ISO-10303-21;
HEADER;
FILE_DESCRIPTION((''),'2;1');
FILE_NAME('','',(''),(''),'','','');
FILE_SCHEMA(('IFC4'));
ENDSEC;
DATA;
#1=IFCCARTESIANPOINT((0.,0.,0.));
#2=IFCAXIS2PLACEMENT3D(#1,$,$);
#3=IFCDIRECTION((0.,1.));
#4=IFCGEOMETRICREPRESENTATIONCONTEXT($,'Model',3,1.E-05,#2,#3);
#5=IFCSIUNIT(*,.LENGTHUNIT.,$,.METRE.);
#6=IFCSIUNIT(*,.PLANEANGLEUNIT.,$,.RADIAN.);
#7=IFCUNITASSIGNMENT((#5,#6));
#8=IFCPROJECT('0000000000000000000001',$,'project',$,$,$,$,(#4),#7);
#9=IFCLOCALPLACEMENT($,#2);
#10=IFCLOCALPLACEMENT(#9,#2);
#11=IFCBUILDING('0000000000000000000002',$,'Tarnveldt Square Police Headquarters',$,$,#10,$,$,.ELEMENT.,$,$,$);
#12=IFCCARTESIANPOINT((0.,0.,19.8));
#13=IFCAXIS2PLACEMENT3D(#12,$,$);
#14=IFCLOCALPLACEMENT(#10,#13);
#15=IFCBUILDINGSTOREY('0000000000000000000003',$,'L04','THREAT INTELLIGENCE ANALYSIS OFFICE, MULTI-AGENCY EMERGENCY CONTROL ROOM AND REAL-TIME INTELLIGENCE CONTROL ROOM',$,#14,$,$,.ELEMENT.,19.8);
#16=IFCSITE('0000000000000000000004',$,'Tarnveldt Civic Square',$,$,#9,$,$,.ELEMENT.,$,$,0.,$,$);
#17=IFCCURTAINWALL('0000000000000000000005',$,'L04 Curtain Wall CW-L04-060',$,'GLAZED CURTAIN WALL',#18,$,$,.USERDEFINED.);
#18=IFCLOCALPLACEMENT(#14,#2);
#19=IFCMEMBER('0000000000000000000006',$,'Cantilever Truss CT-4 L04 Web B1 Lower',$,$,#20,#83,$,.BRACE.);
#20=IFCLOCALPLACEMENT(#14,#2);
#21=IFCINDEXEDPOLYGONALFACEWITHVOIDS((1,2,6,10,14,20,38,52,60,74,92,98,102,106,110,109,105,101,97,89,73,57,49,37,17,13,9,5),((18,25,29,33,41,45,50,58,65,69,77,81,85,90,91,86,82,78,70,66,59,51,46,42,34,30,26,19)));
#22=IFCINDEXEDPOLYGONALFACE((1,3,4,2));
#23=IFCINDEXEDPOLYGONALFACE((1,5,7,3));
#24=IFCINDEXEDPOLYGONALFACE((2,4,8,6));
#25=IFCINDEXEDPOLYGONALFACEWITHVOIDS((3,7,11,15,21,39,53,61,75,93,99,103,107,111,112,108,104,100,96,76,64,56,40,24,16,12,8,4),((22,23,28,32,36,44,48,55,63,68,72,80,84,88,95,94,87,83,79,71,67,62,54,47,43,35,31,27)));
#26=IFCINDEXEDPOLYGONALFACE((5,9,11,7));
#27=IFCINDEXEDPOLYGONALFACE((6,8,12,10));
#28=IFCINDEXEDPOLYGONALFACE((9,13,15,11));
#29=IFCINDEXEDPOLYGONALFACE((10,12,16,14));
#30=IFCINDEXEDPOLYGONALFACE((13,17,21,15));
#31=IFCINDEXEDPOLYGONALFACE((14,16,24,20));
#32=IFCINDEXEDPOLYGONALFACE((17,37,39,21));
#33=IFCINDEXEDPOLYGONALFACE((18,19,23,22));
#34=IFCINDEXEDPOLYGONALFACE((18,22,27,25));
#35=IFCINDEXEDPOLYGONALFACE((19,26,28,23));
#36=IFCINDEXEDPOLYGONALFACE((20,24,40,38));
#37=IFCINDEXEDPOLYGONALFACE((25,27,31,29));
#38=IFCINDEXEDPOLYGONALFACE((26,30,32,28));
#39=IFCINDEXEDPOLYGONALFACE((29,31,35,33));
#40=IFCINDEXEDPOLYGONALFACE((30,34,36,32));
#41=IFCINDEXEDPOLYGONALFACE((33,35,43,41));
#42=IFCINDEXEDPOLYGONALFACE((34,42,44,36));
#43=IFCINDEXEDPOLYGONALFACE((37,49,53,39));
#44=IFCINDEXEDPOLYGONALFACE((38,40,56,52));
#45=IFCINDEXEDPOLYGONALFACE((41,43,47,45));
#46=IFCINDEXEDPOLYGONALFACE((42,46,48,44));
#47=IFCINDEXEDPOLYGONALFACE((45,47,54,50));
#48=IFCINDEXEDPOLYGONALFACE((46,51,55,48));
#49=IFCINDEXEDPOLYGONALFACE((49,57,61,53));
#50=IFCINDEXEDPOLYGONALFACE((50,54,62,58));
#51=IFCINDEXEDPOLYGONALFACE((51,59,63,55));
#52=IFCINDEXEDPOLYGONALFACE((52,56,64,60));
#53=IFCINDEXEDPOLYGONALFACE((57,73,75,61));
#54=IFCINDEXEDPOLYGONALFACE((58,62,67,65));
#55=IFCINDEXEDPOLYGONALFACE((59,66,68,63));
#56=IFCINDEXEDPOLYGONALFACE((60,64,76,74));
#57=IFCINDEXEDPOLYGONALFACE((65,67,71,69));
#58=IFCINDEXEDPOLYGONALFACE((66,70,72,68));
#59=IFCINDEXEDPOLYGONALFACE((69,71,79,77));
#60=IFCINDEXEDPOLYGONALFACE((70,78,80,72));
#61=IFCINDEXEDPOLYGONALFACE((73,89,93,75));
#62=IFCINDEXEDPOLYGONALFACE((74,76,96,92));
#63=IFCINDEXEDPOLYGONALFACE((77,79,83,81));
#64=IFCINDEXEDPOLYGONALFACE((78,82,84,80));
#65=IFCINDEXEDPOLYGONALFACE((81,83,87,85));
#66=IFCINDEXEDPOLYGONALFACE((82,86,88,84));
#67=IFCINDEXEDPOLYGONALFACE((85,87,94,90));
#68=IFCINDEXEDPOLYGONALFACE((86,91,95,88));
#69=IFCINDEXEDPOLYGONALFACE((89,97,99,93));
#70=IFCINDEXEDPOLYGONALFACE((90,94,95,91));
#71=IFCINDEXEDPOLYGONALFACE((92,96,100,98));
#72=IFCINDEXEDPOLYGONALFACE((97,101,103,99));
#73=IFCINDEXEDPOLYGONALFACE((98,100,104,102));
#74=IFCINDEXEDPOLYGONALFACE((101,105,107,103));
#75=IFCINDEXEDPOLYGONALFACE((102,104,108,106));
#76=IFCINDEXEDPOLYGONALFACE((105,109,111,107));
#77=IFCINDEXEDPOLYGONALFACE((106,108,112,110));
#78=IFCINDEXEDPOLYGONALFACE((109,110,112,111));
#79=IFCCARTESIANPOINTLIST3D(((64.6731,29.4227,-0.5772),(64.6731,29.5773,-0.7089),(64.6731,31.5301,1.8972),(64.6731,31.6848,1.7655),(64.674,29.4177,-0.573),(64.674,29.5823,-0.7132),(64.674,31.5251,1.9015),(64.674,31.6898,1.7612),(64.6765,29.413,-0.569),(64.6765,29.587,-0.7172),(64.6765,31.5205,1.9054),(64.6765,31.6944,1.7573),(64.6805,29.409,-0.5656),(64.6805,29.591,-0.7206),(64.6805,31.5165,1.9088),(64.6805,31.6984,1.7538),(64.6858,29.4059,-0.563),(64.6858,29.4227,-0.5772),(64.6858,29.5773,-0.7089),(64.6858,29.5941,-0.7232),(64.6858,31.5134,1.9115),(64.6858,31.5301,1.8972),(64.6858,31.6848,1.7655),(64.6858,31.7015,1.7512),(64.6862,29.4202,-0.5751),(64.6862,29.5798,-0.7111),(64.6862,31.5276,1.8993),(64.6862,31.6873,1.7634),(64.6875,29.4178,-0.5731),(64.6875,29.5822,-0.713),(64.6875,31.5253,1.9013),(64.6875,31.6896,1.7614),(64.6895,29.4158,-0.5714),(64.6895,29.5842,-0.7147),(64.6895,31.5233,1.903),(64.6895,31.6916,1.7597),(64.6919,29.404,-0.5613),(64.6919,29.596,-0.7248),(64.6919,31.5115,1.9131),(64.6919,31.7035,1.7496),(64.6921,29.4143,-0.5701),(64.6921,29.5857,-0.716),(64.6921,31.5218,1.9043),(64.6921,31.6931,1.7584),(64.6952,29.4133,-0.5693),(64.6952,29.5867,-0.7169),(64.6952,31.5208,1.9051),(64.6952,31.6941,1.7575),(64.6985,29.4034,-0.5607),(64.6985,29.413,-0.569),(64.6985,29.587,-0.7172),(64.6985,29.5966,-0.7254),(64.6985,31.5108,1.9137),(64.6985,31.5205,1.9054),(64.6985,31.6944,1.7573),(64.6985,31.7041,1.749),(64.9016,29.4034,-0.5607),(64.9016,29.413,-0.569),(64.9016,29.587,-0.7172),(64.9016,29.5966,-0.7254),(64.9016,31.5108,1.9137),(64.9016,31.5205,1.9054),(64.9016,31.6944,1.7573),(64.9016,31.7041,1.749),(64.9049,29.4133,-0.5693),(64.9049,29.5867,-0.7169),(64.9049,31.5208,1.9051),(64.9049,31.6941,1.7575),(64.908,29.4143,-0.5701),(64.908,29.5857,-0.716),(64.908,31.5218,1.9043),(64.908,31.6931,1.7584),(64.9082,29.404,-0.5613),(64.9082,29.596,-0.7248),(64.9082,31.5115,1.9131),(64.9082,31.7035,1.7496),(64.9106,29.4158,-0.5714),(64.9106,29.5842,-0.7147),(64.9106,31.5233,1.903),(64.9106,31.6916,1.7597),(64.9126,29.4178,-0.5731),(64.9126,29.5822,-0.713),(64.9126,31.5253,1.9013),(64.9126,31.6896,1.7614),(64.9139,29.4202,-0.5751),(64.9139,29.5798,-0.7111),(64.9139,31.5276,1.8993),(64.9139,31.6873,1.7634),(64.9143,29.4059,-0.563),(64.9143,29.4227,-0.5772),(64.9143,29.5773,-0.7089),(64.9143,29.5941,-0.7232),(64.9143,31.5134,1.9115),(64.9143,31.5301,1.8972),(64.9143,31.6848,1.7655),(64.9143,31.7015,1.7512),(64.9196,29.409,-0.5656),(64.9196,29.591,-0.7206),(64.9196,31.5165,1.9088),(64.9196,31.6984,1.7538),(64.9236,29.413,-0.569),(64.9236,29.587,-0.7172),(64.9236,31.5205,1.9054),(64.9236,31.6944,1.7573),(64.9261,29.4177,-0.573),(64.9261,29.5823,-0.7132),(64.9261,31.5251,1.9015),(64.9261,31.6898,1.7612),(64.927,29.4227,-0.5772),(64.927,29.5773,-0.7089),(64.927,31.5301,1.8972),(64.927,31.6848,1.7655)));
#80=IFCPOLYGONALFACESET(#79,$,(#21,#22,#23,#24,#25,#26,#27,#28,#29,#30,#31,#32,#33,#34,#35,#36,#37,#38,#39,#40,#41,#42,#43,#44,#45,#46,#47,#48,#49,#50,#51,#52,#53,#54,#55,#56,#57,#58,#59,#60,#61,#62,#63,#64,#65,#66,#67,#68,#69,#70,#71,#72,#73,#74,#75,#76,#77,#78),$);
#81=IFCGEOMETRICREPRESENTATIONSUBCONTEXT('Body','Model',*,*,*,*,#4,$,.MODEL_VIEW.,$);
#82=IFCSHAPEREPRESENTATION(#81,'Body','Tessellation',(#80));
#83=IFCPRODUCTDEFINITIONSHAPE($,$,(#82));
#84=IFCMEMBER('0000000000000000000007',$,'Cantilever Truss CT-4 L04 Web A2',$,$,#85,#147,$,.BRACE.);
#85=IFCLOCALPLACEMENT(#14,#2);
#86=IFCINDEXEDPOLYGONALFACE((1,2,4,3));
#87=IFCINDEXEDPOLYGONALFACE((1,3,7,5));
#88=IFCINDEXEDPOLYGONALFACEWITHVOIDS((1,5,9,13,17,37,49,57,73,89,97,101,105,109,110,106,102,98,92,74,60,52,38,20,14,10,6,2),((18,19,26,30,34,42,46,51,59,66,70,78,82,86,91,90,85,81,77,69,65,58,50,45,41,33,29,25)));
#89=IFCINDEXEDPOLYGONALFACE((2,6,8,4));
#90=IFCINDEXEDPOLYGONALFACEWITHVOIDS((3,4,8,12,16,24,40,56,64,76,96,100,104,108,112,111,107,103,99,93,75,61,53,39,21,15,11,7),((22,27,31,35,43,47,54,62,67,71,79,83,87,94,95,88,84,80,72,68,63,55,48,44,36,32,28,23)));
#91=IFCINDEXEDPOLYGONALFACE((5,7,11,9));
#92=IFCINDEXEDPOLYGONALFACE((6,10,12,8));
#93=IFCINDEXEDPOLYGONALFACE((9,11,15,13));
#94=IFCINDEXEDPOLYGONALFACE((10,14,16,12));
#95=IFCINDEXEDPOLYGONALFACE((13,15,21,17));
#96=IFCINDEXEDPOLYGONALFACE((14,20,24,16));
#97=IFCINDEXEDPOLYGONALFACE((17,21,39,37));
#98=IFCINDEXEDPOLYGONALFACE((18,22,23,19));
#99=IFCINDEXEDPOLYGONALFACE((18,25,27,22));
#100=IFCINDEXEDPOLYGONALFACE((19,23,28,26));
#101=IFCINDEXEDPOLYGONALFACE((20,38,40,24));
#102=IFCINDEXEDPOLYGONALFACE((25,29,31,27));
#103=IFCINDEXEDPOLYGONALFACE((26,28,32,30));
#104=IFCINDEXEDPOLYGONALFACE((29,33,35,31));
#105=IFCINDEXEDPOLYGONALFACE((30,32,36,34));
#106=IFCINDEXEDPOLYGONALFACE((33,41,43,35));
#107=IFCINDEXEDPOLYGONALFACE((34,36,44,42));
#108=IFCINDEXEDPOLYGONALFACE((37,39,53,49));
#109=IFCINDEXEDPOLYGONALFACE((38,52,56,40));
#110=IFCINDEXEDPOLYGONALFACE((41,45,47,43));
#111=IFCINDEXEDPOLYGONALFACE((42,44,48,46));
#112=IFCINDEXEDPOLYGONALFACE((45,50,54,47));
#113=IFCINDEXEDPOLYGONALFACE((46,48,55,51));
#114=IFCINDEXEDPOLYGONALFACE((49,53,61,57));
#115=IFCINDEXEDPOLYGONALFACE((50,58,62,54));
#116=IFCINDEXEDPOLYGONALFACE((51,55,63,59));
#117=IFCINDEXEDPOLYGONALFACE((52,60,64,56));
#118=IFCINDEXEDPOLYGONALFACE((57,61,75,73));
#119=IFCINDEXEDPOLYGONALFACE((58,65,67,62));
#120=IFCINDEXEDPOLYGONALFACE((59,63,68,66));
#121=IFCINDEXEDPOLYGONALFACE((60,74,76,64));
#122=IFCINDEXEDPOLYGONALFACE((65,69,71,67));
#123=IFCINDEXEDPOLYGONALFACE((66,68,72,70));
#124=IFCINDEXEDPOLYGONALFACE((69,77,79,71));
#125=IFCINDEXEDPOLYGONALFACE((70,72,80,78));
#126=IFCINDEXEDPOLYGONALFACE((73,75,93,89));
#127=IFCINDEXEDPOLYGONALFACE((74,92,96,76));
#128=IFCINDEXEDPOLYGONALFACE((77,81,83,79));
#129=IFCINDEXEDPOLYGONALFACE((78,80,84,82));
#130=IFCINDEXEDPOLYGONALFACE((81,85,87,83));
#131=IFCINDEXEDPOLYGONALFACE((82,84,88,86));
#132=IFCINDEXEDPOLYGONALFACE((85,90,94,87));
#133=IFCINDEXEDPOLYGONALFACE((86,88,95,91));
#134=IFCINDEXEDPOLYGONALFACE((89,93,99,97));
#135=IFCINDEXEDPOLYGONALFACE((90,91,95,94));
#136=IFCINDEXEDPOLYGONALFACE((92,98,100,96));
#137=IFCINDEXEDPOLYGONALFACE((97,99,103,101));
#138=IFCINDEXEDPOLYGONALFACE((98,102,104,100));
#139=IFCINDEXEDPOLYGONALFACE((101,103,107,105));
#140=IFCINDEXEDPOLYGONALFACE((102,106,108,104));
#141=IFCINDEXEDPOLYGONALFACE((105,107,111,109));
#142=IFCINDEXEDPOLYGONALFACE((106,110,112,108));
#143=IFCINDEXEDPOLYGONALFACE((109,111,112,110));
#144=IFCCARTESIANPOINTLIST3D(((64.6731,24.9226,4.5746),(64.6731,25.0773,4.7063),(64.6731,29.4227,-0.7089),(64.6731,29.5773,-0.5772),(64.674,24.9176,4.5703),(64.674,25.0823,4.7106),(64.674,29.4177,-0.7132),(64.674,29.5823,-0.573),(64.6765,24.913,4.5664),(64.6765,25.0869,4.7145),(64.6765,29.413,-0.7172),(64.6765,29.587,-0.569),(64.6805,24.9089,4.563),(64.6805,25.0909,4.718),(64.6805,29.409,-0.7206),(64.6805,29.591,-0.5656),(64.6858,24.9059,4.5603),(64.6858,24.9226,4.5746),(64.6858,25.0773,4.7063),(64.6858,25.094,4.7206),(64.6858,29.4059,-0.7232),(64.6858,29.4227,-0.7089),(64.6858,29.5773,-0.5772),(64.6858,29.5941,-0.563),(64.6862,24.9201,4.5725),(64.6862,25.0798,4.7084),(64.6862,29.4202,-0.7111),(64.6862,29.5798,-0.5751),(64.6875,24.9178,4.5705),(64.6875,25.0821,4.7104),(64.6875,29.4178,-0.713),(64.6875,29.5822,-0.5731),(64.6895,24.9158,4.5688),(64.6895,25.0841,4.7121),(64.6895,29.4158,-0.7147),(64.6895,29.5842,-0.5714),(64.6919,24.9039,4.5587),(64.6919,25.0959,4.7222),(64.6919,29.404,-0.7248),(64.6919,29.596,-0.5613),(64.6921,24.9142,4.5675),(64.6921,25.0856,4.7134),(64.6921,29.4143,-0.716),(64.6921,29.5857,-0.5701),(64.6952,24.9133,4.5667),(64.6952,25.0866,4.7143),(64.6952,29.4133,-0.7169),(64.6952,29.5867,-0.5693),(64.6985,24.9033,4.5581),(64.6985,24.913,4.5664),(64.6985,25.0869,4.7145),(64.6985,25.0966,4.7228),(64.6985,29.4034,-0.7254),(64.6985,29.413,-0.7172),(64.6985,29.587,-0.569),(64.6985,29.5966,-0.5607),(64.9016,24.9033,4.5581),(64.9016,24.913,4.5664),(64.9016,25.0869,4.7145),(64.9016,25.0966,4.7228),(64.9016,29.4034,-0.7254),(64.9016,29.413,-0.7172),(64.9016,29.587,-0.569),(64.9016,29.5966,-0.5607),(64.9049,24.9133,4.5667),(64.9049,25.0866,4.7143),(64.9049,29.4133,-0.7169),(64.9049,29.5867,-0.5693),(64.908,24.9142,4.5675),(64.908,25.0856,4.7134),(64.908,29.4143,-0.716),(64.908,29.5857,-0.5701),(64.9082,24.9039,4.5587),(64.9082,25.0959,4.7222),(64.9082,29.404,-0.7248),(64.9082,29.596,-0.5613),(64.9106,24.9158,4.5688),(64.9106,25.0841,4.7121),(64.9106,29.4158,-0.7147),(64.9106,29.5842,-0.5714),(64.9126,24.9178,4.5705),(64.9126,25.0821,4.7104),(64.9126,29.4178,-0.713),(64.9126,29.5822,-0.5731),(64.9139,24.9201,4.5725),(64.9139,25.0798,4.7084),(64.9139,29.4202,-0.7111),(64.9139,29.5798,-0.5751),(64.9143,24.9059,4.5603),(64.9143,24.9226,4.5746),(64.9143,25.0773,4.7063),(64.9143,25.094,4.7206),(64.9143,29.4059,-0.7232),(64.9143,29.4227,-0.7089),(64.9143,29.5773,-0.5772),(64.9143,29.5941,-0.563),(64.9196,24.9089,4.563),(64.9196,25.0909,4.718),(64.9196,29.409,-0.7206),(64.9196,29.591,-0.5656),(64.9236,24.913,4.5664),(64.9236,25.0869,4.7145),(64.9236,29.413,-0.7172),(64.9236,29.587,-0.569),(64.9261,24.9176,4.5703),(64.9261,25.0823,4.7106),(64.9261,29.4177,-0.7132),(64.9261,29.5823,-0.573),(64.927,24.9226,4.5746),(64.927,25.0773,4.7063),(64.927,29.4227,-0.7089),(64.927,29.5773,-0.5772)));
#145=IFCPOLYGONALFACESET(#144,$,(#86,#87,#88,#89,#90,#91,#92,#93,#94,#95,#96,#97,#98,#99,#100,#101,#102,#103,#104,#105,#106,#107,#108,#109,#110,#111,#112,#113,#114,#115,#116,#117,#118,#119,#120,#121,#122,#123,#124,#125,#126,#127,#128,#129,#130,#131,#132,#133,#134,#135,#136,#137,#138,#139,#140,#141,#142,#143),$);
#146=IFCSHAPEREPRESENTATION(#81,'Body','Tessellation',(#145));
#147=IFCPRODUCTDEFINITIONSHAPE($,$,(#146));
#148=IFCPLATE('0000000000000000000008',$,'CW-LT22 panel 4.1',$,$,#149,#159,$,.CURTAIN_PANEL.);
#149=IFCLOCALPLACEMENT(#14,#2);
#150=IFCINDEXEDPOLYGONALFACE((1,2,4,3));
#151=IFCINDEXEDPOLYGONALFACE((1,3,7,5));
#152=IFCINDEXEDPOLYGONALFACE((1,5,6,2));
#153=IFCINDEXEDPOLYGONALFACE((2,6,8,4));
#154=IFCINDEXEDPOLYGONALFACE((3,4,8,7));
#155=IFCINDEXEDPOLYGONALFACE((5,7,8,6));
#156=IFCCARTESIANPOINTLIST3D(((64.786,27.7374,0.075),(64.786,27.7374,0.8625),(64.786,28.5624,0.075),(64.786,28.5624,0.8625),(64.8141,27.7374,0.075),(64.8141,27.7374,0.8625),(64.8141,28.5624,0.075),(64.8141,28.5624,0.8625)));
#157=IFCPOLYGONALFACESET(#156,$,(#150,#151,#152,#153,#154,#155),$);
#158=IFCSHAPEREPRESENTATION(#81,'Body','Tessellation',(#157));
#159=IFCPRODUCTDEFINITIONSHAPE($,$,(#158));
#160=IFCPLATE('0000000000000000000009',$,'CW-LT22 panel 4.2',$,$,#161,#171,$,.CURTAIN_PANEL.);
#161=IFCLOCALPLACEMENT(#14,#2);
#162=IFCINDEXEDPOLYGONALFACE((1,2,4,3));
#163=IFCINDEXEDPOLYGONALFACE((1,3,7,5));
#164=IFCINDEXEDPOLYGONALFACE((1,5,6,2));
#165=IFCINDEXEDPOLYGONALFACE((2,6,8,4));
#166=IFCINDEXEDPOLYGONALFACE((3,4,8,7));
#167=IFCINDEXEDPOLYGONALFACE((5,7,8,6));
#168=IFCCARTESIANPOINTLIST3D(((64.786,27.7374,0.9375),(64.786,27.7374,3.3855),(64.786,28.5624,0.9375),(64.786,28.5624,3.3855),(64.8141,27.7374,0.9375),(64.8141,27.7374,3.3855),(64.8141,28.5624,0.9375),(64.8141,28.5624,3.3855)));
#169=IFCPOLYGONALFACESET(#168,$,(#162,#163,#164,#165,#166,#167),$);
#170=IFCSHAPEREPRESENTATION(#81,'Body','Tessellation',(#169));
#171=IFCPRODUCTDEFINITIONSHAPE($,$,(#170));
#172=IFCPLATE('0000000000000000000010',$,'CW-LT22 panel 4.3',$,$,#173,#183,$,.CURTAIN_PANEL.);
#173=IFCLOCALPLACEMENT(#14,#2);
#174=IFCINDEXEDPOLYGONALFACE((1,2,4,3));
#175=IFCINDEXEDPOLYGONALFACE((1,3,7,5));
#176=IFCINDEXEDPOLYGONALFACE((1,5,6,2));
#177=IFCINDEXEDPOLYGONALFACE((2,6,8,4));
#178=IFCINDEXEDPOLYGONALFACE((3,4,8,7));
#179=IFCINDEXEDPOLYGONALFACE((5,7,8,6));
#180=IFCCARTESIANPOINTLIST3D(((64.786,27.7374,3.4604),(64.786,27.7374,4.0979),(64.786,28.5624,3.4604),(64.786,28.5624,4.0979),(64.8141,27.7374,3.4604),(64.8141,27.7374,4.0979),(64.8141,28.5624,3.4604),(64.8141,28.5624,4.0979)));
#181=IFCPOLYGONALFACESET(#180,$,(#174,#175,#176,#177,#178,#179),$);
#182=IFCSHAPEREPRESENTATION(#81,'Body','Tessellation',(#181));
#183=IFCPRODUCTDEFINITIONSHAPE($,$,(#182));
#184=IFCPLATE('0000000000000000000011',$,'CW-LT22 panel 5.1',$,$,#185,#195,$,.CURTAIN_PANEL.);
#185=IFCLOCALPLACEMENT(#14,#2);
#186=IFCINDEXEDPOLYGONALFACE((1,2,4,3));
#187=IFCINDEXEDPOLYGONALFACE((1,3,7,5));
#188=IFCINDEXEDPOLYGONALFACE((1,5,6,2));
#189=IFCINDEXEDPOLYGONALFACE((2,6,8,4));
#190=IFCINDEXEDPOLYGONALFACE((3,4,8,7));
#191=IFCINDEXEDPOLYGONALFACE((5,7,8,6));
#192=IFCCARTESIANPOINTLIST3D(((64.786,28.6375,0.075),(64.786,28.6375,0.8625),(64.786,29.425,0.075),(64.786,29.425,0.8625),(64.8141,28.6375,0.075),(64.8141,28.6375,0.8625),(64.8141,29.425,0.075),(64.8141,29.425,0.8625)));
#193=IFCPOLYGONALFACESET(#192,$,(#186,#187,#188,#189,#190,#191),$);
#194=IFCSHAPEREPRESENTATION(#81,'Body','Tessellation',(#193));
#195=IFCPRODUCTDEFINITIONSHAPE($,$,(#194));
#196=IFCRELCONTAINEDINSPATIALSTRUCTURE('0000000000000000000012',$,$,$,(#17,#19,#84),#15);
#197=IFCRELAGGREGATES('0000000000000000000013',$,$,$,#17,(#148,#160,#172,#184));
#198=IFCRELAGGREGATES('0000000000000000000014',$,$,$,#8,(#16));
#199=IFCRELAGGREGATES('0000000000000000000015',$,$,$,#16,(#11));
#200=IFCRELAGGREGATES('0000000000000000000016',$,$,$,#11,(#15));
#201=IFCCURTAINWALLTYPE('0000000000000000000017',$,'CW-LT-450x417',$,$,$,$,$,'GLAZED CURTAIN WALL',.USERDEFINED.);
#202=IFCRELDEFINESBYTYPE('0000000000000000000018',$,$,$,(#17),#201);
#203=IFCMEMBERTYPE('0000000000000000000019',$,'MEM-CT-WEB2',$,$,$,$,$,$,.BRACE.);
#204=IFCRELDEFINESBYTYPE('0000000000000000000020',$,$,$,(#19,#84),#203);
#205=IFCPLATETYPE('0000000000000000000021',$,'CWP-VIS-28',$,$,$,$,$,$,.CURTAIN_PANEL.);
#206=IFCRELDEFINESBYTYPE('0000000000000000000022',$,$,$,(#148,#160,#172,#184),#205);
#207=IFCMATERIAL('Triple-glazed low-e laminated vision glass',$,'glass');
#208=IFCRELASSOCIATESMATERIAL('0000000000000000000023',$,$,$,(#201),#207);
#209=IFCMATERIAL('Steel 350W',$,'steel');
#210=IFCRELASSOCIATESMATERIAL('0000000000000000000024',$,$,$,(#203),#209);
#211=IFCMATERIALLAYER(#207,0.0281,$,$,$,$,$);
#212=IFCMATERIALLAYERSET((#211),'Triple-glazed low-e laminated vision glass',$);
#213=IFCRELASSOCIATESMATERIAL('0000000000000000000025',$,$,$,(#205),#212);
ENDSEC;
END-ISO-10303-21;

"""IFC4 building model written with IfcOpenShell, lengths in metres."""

from ifc_helpers import new_model, si_unit, direction, frame, origin, origin_2d, place, context, subcontext, project, spatial, rectangle, hollow_rectangle, extrude, material, layer, layer_set, material_profile, profile_set, type_object, element, aggregate, save


model = new_model("IFC4")

# Units and contexts
model_context = context("Model", 3, precision=1e-05, world=origin(), true_north=direction((0.0, 1.0)))
body_context = subcontext(model_context, "Body", "Model", "MODEL_VIEW")
ifc_project = project(units=[si_unit("LENGTHUNIT", "METRE"), si_unit("PLANEANGLEUNIT", "RADIAN")], contexts=[model_context])

# Site, building, storey
site_placement = place(None, origin())
site = spatial("IfcSite", under=ifc_project, at=site_placement, Name="Tarnveldt Civic Square", CompositionType="ELEMENT", RefElevation=0.0)
building_placement = place(site_placement, origin())
building = spatial("IfcBuilding", under=site, at=building_placement, Name="Tarnveldt Square Police Headquarters", CompositionType="ELEMENT")
storey_placement = place(building_placement, frame((0.0, 0.0, 19.8)))
storey = spatial("IfcBuildingStorey", under=building, at=storey_placement, Name="L04", Description="THREAT INTELLIGENCE ANALYSIS OFFICE, MULTI-AGENCY EMERGENCY CONTROL ROOM AND REAL-TIME INTELLIGENCE CONTROL ROOM", CompositionType="ELEMENT", Elevation=19.8)

# Shared definitions
ifc_material_1 = material(Name="Steel 350W", Category="steel")

# Curtain wall
ifc_material_2 = material(Name="Triple-glazed low-e laminated vision glass", Category="glass")
curtain_wall_type_1 = type_object("IfcCurtainWallType", Name="CW-LT-450x417", ElementType="GLAZED CURTAIN WALL", PredefinedType="USERDEFINED", material=ifc_material_2)
curtain_wall_1_placement = place(storey_placement, origin())
curtain_wall_1 = element("IfcCurtainWall", 1, at=curtain_wall_1_placement, inside=storey, type_object=curtain_wall_type_1, Name="L04 Curtain Wall CW-L04-060", ObjectType="GLAZED CURTAIN WALL", PredefinedType="USERDEFINED")

# Members
ifc_material_profile_1 = material_profile(ifc_material_1, hollow_rectangle(XDim=0.2539, YDim=0.2539, WallThickness=0.0127, InnerFilletRadius=0.0127, OuterFilletRadius=0.0254, at=origin_2d()), Name="HSS254x254x13")
ifc_profile_set_1 = profile_set([ifc_material_profile_1], Name="Steel 350W")
member_type_1 = type_object("IfcMemberType", Name="MEM-CT-WEB2", PredefinedType="BRACE", material=ifc_profile_set_1)
member_1_placement = place(storey_placement, frame((64.8, 29.5, -0.6431), z_axis=(0.0, 0.6484, 0.7613), x_axis=(-1.0, 0.0, 0.0)))
element("IfcMember", 2, at=member_1_placement, inside=storey, type_object=member_type_1, Name="Cantilever Truss CT-4 L04 Web B1 Lower", PredefinedType="BRACE", context=body_context, shape_type="SweptSolid", body=[
    extrude(hollow_rectangle(XDim=0.2539, YDim=0.2539, WallThickness=0.0127, InnerFilletRadius=0.0127, OuterFilletRadius=0.0254, at=origin_2d()), origin(), (0.0, 0.0, 1.0), 3.2502),
])
member_2_placement = place(storey_placement, frame((64.8, 29.5, -0.6431), z_axis=(0.0, -0.648407, 0.761294), x_axis=(1.0, 0.0, 0.0)))
element("IfcMember", 3, at=member_2_placement, inside=storey, type_object=member_type_1, Name="Cantilever Truss CT-4 L04 Web A2", PredefinedType="BRACE", context=body_context, shape_type="SweptSolid", body=[
    extrude(hollow_rectangle(XDim=0.2539, YDim=0.2539, WallThickness=0.0127, InnerFilletRadius=0.0127, OuterFilletRadius=0.0254, at=origin_2d()), origin(), (0.0, 0.0, 1.0), 6.9402),
])

# Plates
ifc_layer = layer(ifc_material_2, 0.0281)
ifc_layer_set = layer_set([ifc_layer], Name="Triple-glazed low-e laminated vision glass")
plate_type = type_object("IfcPlateType", Name="CWP-VIS-28", PredefinedType="CURTAIN_PANEL", material=ifc_layer_set)
plate_1_placement = place(storey_placement, frame((64.8, 28.1499, 0.075), z_axis=(0.0, 0.0, 1.0), x_axis=(0.0, 1.0, 0.0)))
plate_1 = element("IfcPlate", 4, at=plate_1_placement, type_object=plate_type, Name="CW-LT22 panel 4.1", PredefinedType="CURTAIN_PANEL", context=body_context, shape_type="SweptSolid", body=[
    extrude(rectangle(XDim=0.825, YDim=0.0281, at=origin_2d()), origin(), (0.0, 0.0, 1.0), 0.7876),
])
plate_2_placement = place(storey_placement, frame((64.8, 28.1499, 0.9375), z_axis=(0.0, 0.0, 1.0), x_axis=(0.0, 1.0, 0.0)))
plate_2 = element("IfcPlate", 5, at=plate_2_placement, type_object=plate_type, Name="CW-LT22 panel 4.2", PredefinedType="CURTAIN_PANEL", context=body_context, shape_type="SweptSolid", body=[
    extrude(rectangle(XDim=0.825, YDim=0.0281, at=origin_2d()), origin(), (0.0, 0.0, 1.0), 2.448),
])
plate_3_placement = place(storey_placement, frame((64.8, 28.1499, 3.4604), z_axis=(0.0, 0.0, 1.0), x_axis=(0.0, 1.0, 0.0)))
plate_3 = element("IfcPlate", 6, at=plate_3_placement, type_object=plate_type, Name="CW-LT22 panel 4.3", PredefinedType="CURTAIN_PANEL", context=body_context, shape_type="SweptSolid", body=[
    extrude(rectangle(XDim=0.825, YDim=0.0281, at=origin_2d()), origin(), (0.0, 0.0, 1.0), 0.6375),
])
plate_4_placement = place(storey_placement, frame((64.8, 29.0312, 0.075), z_axis=(0.0, 0.0, 1.0), x_axis=(0.0, 1.0, 0.0)))
plate_4 = element("IfcPlate", 7, at=plate_4_placement, type_object=plate_type, Name="CW-LT22 panel 5.1", PredefinedType="CURTAIN_PANEL", context=body_context, shape_type="SweptSolid", body=[
    extrude(rectangle(XDim=0.7876, YDim=0.0281, at=origin_2d()), origin(), (0.0, 0.0, 1.0), 0.7876),
])
aggregate(curtain_wall_1, [plate_1, plate_2, plate_3, plate_4])

save(model, "model.ifc")
